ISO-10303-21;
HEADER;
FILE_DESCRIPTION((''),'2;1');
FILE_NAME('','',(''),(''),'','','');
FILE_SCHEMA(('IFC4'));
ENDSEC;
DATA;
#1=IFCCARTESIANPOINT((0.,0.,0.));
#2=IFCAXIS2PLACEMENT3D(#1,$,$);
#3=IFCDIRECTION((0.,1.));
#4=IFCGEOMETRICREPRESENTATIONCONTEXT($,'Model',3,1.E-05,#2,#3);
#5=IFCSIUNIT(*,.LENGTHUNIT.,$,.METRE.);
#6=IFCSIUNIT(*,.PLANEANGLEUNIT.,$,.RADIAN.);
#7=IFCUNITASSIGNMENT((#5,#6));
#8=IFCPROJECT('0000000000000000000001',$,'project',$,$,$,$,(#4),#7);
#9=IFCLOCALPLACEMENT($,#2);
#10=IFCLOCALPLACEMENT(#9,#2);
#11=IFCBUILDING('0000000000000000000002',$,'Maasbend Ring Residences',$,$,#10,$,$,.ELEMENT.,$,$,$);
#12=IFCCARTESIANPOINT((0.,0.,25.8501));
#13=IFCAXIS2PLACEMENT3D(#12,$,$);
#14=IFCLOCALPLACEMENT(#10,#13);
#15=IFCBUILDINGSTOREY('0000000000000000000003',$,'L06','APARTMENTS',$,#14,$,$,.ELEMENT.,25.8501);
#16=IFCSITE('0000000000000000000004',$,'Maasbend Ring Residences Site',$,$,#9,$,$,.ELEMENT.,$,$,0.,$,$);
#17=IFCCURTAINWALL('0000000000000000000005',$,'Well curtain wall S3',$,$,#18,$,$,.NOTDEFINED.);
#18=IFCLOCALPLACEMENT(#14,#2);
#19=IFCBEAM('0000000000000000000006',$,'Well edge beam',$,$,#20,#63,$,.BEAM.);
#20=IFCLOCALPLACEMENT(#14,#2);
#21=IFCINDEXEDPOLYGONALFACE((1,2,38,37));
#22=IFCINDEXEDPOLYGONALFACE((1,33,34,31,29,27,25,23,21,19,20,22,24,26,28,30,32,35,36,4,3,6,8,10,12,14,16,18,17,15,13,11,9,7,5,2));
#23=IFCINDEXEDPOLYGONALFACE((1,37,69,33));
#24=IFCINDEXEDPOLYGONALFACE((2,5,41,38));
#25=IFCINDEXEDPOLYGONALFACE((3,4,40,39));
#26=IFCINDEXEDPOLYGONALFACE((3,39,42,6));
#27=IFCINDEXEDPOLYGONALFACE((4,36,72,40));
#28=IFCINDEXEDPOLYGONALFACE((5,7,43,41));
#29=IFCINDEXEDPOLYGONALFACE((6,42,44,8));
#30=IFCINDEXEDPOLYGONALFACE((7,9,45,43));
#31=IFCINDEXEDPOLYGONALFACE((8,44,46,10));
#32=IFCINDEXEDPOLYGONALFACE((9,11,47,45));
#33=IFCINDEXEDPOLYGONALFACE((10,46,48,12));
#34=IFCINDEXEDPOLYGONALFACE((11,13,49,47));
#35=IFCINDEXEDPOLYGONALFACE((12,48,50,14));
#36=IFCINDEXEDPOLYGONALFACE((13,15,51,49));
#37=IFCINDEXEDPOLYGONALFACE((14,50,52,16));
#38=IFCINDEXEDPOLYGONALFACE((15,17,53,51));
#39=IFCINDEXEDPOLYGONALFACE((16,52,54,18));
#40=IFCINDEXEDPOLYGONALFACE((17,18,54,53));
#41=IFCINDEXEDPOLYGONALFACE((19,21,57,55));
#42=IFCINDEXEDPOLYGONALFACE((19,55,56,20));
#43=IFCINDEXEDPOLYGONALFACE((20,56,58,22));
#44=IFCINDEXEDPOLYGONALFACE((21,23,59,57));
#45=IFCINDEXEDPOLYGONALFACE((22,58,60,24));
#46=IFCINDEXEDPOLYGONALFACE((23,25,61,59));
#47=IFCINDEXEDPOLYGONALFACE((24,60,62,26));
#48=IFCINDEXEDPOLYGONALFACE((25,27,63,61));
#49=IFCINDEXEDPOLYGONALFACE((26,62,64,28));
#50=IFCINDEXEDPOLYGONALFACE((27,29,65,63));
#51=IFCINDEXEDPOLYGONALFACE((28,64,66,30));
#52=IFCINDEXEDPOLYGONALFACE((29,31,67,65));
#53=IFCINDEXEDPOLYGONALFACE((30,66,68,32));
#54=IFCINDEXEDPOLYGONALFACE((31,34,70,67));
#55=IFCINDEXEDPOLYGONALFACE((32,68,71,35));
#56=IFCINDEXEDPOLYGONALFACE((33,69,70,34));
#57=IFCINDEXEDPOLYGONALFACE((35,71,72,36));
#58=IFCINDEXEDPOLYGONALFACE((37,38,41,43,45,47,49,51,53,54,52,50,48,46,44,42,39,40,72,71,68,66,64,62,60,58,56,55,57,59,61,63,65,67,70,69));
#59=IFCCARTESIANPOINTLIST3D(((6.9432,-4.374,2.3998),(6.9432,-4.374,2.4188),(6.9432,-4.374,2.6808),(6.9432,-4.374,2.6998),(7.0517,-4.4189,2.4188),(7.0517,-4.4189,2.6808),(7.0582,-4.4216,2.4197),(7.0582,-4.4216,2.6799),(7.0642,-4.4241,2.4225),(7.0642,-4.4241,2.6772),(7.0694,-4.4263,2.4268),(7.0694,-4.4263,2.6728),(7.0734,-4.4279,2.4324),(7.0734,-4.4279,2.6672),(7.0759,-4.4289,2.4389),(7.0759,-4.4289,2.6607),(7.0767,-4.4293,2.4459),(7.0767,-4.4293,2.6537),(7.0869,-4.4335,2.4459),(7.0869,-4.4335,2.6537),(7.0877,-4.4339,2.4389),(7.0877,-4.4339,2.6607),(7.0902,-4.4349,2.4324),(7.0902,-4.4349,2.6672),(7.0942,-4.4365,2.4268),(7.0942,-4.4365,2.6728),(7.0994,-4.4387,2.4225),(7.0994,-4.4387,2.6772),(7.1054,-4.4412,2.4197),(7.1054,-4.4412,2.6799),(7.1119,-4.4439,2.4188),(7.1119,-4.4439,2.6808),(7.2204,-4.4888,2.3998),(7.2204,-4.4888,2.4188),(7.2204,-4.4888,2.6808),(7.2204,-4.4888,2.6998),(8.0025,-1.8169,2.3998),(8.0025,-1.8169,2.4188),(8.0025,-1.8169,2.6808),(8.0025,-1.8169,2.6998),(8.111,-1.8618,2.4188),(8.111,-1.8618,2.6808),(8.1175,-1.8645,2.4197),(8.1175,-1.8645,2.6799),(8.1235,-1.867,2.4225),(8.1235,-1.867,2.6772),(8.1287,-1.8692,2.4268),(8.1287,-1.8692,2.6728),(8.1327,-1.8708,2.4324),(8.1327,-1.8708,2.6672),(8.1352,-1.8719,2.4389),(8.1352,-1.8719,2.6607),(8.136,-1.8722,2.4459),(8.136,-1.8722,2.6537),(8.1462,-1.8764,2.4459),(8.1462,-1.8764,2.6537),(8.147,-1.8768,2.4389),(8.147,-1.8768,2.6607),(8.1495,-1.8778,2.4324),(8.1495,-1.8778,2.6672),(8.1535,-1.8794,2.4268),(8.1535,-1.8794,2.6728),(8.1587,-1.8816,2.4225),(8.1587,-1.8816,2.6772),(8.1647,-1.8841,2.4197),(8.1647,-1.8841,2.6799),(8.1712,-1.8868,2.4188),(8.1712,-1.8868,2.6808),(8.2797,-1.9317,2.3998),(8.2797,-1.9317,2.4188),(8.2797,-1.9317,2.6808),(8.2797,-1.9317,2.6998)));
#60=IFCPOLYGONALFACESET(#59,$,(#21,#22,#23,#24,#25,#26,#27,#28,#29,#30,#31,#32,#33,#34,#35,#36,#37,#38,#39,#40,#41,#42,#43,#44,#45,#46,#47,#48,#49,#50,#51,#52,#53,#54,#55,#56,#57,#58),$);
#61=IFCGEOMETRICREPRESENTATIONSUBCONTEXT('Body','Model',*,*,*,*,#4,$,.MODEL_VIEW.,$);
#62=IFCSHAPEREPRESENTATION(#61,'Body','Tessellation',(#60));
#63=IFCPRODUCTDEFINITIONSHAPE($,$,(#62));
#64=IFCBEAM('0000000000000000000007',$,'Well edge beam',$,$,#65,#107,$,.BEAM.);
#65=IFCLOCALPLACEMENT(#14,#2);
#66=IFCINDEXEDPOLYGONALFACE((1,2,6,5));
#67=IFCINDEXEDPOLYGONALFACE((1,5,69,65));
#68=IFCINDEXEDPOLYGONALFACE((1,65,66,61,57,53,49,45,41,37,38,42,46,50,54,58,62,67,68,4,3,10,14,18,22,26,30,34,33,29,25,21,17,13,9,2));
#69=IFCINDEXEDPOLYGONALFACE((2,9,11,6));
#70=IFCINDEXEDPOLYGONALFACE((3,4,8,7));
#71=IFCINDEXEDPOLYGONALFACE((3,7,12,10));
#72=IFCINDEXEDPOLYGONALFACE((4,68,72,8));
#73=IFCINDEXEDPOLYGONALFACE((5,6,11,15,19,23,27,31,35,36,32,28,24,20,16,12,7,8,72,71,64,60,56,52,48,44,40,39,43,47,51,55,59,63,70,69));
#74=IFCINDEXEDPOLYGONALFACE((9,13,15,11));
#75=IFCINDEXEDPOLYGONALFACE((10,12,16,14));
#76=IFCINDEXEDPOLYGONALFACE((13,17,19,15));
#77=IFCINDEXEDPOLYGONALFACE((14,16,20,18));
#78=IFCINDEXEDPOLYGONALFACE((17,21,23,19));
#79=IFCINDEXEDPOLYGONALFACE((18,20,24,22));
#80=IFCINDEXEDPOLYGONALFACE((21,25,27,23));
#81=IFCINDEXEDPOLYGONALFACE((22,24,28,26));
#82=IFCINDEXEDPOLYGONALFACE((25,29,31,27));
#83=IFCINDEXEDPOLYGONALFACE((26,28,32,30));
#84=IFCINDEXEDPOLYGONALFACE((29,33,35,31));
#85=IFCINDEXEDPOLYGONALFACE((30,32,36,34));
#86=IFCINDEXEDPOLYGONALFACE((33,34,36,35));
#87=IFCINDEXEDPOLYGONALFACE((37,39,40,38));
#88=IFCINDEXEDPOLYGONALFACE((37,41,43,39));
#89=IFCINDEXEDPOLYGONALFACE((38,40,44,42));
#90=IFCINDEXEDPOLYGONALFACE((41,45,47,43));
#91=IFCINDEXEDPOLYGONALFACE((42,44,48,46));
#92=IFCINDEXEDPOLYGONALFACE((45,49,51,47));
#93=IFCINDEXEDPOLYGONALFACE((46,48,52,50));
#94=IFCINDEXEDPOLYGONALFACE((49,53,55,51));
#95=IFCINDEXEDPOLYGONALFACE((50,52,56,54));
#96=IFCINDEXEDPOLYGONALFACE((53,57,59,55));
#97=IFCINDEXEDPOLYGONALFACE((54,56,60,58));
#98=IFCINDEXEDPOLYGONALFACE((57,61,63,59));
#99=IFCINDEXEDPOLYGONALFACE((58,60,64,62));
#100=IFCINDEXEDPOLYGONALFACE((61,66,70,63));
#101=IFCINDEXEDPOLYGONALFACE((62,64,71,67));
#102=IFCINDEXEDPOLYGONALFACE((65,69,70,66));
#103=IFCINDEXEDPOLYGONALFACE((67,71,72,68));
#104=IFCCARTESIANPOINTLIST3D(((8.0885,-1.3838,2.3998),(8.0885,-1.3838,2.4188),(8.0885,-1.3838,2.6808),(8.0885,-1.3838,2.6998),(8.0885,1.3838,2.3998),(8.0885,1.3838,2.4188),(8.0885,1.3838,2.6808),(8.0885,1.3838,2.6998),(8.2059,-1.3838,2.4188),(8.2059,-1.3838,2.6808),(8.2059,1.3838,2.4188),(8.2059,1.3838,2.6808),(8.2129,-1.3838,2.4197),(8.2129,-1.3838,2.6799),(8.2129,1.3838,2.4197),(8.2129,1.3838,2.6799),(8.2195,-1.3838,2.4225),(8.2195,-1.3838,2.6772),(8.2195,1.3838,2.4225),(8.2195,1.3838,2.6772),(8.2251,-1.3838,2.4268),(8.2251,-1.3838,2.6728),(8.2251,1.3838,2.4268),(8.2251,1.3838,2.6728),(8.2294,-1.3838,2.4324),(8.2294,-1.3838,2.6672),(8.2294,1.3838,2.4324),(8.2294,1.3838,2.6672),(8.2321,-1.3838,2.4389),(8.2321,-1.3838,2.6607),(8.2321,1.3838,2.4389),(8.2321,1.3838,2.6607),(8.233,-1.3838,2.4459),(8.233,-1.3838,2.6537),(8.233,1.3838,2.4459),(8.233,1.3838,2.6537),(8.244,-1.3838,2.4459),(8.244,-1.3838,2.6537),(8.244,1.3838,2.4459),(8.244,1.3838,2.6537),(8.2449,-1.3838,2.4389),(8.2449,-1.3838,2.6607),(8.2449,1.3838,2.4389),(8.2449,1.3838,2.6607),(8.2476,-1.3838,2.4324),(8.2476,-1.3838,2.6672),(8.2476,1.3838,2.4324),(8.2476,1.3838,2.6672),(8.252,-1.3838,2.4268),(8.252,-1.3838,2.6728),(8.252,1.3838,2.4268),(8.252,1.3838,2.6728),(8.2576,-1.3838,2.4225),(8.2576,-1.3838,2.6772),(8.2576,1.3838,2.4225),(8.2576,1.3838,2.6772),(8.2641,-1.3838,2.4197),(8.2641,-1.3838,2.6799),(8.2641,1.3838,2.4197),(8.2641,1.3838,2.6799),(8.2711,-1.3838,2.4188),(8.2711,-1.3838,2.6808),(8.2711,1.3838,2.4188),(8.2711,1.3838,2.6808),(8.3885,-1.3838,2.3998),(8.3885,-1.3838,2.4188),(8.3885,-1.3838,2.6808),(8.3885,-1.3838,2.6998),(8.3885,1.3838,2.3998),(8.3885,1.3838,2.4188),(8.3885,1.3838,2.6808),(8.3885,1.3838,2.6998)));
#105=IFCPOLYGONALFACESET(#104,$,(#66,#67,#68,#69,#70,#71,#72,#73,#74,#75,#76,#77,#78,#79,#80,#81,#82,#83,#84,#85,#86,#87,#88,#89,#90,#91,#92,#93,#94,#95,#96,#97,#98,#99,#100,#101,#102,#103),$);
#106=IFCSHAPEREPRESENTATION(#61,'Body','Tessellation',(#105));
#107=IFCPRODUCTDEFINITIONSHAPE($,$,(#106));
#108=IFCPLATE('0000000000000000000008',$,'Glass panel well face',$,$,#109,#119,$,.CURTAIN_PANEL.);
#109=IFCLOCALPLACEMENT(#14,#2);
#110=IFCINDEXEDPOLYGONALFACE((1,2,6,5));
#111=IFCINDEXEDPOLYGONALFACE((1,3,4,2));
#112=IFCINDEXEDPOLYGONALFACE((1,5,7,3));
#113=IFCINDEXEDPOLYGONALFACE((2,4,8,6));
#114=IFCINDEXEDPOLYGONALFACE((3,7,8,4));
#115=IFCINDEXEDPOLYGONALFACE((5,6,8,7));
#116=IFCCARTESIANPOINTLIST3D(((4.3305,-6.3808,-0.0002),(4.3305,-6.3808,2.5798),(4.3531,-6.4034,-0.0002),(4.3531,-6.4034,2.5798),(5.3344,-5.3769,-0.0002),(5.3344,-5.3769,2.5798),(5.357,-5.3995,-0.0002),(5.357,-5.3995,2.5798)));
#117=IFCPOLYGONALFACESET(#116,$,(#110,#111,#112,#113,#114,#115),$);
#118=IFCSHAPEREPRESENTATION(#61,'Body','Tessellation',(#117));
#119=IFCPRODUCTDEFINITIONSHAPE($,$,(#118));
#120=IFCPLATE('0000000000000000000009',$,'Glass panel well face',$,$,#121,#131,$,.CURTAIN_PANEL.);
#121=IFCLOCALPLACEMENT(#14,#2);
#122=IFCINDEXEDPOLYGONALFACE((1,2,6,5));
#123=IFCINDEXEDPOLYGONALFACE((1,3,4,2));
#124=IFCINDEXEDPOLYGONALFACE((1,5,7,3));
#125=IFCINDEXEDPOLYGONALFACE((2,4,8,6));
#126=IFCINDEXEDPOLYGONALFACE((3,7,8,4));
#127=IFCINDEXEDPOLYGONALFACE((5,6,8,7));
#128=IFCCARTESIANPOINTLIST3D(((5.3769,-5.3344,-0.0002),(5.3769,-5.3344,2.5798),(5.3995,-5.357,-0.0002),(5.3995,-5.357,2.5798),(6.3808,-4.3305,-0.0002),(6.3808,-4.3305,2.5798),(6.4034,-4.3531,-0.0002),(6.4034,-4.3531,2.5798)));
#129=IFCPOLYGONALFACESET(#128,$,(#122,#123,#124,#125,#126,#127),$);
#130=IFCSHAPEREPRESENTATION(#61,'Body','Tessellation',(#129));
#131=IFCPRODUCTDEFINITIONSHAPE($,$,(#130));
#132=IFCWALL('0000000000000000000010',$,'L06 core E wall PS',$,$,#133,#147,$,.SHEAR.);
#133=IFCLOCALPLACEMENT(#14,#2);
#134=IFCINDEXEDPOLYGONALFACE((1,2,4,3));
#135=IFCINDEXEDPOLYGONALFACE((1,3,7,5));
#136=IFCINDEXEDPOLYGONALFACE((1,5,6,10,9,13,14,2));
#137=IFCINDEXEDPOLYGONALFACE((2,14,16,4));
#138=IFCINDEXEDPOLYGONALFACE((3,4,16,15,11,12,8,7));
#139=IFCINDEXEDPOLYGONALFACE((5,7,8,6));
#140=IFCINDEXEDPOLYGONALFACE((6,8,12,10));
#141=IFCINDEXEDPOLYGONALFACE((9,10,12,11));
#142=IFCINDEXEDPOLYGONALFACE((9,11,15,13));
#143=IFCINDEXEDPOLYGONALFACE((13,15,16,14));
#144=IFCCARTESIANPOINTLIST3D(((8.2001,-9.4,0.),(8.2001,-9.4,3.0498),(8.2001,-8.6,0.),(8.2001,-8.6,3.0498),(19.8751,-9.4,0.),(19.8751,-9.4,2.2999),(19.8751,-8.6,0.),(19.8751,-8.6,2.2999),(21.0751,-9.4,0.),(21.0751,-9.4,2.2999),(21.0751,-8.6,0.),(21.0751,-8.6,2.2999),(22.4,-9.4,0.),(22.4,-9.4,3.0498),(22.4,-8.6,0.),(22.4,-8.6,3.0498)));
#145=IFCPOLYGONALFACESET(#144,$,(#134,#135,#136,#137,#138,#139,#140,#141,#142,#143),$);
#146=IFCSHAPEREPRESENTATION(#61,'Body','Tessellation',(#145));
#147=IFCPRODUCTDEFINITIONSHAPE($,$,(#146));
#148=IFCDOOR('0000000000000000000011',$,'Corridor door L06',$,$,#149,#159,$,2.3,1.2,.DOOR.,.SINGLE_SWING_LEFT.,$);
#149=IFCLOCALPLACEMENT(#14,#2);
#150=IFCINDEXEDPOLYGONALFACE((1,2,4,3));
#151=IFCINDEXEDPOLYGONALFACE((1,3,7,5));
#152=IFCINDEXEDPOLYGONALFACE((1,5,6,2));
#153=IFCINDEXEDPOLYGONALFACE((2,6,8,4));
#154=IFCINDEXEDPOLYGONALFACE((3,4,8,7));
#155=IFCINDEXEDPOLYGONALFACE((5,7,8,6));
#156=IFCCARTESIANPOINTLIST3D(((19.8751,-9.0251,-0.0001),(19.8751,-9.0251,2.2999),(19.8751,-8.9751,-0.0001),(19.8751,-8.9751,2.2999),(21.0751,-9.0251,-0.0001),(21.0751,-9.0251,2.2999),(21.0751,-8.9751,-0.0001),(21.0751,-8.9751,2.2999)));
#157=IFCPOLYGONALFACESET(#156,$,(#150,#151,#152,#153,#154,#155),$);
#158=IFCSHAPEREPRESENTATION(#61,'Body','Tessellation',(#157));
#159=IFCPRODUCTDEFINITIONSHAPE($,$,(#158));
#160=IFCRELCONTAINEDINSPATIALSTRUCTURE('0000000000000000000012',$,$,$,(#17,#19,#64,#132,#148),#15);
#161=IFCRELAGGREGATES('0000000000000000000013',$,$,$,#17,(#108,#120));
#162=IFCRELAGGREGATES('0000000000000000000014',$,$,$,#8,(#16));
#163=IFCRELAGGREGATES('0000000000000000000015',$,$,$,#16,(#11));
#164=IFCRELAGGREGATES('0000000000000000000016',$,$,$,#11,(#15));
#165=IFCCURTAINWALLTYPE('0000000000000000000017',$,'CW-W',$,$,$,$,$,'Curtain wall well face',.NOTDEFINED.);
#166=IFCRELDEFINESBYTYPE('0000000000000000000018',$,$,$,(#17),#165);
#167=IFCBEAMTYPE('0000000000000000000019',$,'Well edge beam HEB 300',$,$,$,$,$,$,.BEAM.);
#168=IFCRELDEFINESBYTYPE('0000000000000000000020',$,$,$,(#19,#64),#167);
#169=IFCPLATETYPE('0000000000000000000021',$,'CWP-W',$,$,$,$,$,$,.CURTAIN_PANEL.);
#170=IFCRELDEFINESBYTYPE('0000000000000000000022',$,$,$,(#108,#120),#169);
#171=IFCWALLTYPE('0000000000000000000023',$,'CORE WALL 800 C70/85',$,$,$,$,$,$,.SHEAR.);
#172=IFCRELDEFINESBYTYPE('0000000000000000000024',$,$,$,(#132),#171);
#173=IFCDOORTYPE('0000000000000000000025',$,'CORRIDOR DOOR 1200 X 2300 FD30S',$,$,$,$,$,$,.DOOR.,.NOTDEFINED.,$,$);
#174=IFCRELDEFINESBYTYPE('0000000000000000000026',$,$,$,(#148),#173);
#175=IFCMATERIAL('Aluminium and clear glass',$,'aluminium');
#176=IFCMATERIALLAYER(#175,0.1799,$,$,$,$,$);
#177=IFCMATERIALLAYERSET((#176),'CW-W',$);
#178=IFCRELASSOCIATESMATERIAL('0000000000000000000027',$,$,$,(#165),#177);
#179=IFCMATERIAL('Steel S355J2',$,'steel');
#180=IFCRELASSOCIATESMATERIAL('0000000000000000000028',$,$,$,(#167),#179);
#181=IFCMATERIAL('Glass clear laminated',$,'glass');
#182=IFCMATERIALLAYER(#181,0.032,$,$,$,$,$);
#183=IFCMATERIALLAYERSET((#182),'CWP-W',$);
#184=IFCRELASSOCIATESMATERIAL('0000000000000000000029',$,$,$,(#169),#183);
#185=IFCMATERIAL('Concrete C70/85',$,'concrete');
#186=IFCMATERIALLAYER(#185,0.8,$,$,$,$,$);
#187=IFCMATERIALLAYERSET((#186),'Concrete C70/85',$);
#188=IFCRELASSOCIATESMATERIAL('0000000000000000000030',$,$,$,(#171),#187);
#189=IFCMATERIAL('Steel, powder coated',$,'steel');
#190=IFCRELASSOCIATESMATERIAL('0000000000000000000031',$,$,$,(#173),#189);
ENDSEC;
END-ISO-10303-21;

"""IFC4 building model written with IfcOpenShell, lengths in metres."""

from ifc_helpers import new_model, si_unit, direction, frame, frame_2d, origin, origin_2d, place, context, subcontext, project, spatial, rectangle, i_section, extrude, material, layer, layer_set, material_profile, profile_set, type_object, element, fill, aggregate, save


model = new_model("IFC4")

# Units and contexts
model_context = context("Model", 3, precision=1e-05, world=origin(), true_north=direction((0.0, 1.0)))
body_context = subcontext(model_context, "Body", "Model", "MODEL_VIEW")
ifc_project = project(units=[si_unit("LENGTHUNIT", "METRE"), si_unit("PLANEANGLEUNIT", "RADIAN")], contexts=[model_context])

# Site, building, storey
site_placement = place(None, origin())
site = spatial("IfcSite", under=ifc_project, at=site_placement, Name="Maasbend Ring Residences Site", CompositionType="ELEMENT", RefElevation=0.0)
building_placement = place(site_placement, origin())
building = spatial("IfcBuilding", under=site, at=building_placement, Name="Maasbend Ring Residences", CompositionType="ELEMENT")
storey_placement = place(building_placement, frame((0.0, 0.0, 25.8501)))
storey = spatial("IfcBuildingStorey", under=building, at=storey_placement, Name="L06", Description="APARTMENTS", CompositionType="ELEMENT", Elevation=25.8501)

# Shared definitions
ifc_material_1 = material(Name="Aluminium and clear glass", Category="aluminium")
ifc_layer_1 = layer(ifc_material_1, 0.1799)
ifc_layer_set_1 = layer_set([ifc_layer_1], Name="CW-W")
curtain_wall_type = type_object("IfcCurtainWallType", Name="CW-W", ElementType="Curtain wall well face", PredefinedType="NOTDEFINED", material=ifc_layer_set_1)

# Curtain wall
curtain_wall_1_placement = place(storey_placement, origin())
curtain_wall_1 = element("IfcCurtainWall", 1, at=curtain_wall_1_placement, inside=storey, type_object=curtain_wall_type, Name="Well curtain wall S3", PredefinedType="NOTDEFINED")

# Beams
ifc_material_2 = material(Name="Steel S355J2", Category="steel")
ifc_material_profile_1 = material_profile(ifc_material_2, i_section(OverallWidth=0.3, OverallDepth=0.3, WebThickness=0.011, FlangeThickness=0.019, FilletRadius=0.0271, at=origin_2d()), Name="HEB 300")
ifc_profile_set_1 = profile_set([ifc_material_profile_1], Name="Steel S355J2")
beam_type = type_object("IfcBeamType", Name="Well edge beam HEB 300", PredefinedType="BEAM", material=ifc_profile_set_1)
beam_1_placement = place(storey_placement, frame((7.0818, -4.4314, 2.5498), z_axis=(0.382723, 0.923863, 0.0), x_axis=(-0.923863, 0.382723, 0.0)))
element("IfcBeam", 2, at=beam_1_placement, inside=storey, type_object=beam_type, Name="Well edge beam", PredefinedType="BEAM", context=body_context, shape_type="SweptSolid", body=[
    extrude(i_section(OverallWidth=0.3, OverallDepth=0.3, WebThickness=0.011, FlangeThickness=0.019, FilletRadius=0.0271, at=origin_2d()), origin(), (0.0, 0.0, 1.0), 2.7678),
])
beam_2_placement = place(storey_placement, frame((8.2385, -1.3838, 2.5498), z_axis=(0.0, 1.0, 0.0), x_axis=(-1.0, 0.0, 0.0)))
element("IfcBeam", 3, at=beam_2_placement, inside=storey, type_object=beam_type, Name="Well edge beam", PredefinedType="BEAM", context=body_context, shape_type="SweptSolid", body=[
    extrude(i_section(OverallWidth=0.3, OverallDepth=0.3, WebThickness=0.011, FlangeThickness=0.019, FilletRadius=0.0271, at=origin_2d()), origin(), (0.0, 0.0, 1.0), 2.7676),
])

# Plates
ifc_material_3 = material(Name="Glass clear laminated", Category="glass")
ifc_layer_2 = layer(ifc_material_3, 0.032)
ifc_layer_set_2 = layer_set([ifc_layer_2], Name="CWP-W")
plate_type = type_object("IfcPlateType", Name="CWP-W", PredefinedType="CURTAIN_PANEL", material=ifc_layer_set_2)
plate_1_placement = place(storey_placement, frame((4.8438, -5.8901, -0.0002), z_axis=(0.0, 0.0, 1.0), x_axis=(0.707107, 0.707107, 0.0)))
plate_1 = element("IfcPlate", 4, at=plate_1_placement, type_object=plate_type, Name="Glass panel well face", PredefinedType="CURTAIN_PANEL", context=body_context, shape_type="SweptSolid", body=[
    extrude(rectangle(XDim=1.4197, YDim=0.032, at=origin_2d()), origin(), (0.0, 0.0, 1.0), 2.5801),
])
plate_2_placement = place(storey_placement, frame((5.8901, -4.8438, -0.0002), z_axis=(0.0, 0.0, 1.0), x_axis=(0.707107, 0.707107, 0.0)))
plate_2 = element("IfcPlate", 5, at=plate_2_placement, type_object=plate_type, Name="Glass panel well face", PredefinedType="CURTAIN_PANEL", context=body_context, shape_type="SweptSolid", body=[
    extrude(rectangle(XDim=1.4197, YDim=0.032, at=origin_2d()), origin(), (0.0, 0.0, 1.0), 2.5801),
])
aggregate(curtain_wall_1, [plate_1, plate_2])

# Wall, opening, door
ifc_material_4 = material(Name="Concrete C70/85", Category="concrete")
ifc_layer_3 = layer(ifc_material_4, 0.8)
ifc_layer_set_3 = layer_set([ifc_layer_3], Name="Concrete C70/85")
wall_type_1 = type_object("IfcWallType", Name="CORE WALL 800 C70/85", PredefinedType="SHEAR", material=ifc_layer_set_3)
wall_1_placement = place(storey_placement, frame((8.2, -9.0, 0.0), z_axis=(0.0, 0.0, 1.0), x_axis=(1.0, 0.0, 0.0)))
wall_1 = element("IfcWall", 6, at=wall_1_placement, inside=storey, type_object=wall_type_1, Name="L06 core E wall PS", PredefinedType="SHEAR", context=body_context, shape_type="SweptSolid", body=[
    extrude(rectangle(XDim=14.2, YDim=0.8, at=frame_2d((7.1001, 0.0))), origin(), (0.0, 0.0, 1.0), 3.0498),
])
opening_1_placement = place(wall_1_placement, frame((11.675, 0.0, 0.0)))
opening_1 = element("IfcOpeningElement", 7, at=opening_1_placement, cuts=wall_1, PredefinedType="OPENING", context=body_context, shape_type="SweptSolid", body=[
    extrude(rectangle(XDim=1.2, YDim=2.3, at=frame_2d((0.6001, 1.1499))), frame((0.0, 0.4102, 0.0), z_axis=(0.0, -1.0, 0.0), x_axis=(1.0, 0.0, 0.0)), (0.0, 0.0, 1.0), 0.8201),
])
ifc_material_5 = material(Name="Steel, powder coated", Category="steel")
door_type = type_object("IfcDoorType", Name="CORRIDOR DOOR 1200 X 2300 FD30S", OperationType="NOTDEFINED", PredefinedType="DOOR", material=ifc_material_5)
door_placement = place(opening_1_placement, origin())
door = element("IfcDoor", 8, at=door_placement, inside=storey, type_object=door_type, Name="Corridor door L06", OperationType="SINGLE_SWING_LEFT", OverallHeight=2.3, OverallWidth=1.2, PredefinedType="DOOR", context=body_context, shape_type="SweptSolid", body=[
    extrude(rectangle(XDim=1.2, YDim=2.3, at=frame_2d((0.6001, 1.1499))), frame((0.0, 0.0249, 0.0), z_axis=(0.0, -1.0, 0.0), x_axis=(1.0, 0.0, 0.0)), (0.0, 0.0, 1.0), 0.05),
])
fill(opening_1, door)

save(model, "model.ifc")
